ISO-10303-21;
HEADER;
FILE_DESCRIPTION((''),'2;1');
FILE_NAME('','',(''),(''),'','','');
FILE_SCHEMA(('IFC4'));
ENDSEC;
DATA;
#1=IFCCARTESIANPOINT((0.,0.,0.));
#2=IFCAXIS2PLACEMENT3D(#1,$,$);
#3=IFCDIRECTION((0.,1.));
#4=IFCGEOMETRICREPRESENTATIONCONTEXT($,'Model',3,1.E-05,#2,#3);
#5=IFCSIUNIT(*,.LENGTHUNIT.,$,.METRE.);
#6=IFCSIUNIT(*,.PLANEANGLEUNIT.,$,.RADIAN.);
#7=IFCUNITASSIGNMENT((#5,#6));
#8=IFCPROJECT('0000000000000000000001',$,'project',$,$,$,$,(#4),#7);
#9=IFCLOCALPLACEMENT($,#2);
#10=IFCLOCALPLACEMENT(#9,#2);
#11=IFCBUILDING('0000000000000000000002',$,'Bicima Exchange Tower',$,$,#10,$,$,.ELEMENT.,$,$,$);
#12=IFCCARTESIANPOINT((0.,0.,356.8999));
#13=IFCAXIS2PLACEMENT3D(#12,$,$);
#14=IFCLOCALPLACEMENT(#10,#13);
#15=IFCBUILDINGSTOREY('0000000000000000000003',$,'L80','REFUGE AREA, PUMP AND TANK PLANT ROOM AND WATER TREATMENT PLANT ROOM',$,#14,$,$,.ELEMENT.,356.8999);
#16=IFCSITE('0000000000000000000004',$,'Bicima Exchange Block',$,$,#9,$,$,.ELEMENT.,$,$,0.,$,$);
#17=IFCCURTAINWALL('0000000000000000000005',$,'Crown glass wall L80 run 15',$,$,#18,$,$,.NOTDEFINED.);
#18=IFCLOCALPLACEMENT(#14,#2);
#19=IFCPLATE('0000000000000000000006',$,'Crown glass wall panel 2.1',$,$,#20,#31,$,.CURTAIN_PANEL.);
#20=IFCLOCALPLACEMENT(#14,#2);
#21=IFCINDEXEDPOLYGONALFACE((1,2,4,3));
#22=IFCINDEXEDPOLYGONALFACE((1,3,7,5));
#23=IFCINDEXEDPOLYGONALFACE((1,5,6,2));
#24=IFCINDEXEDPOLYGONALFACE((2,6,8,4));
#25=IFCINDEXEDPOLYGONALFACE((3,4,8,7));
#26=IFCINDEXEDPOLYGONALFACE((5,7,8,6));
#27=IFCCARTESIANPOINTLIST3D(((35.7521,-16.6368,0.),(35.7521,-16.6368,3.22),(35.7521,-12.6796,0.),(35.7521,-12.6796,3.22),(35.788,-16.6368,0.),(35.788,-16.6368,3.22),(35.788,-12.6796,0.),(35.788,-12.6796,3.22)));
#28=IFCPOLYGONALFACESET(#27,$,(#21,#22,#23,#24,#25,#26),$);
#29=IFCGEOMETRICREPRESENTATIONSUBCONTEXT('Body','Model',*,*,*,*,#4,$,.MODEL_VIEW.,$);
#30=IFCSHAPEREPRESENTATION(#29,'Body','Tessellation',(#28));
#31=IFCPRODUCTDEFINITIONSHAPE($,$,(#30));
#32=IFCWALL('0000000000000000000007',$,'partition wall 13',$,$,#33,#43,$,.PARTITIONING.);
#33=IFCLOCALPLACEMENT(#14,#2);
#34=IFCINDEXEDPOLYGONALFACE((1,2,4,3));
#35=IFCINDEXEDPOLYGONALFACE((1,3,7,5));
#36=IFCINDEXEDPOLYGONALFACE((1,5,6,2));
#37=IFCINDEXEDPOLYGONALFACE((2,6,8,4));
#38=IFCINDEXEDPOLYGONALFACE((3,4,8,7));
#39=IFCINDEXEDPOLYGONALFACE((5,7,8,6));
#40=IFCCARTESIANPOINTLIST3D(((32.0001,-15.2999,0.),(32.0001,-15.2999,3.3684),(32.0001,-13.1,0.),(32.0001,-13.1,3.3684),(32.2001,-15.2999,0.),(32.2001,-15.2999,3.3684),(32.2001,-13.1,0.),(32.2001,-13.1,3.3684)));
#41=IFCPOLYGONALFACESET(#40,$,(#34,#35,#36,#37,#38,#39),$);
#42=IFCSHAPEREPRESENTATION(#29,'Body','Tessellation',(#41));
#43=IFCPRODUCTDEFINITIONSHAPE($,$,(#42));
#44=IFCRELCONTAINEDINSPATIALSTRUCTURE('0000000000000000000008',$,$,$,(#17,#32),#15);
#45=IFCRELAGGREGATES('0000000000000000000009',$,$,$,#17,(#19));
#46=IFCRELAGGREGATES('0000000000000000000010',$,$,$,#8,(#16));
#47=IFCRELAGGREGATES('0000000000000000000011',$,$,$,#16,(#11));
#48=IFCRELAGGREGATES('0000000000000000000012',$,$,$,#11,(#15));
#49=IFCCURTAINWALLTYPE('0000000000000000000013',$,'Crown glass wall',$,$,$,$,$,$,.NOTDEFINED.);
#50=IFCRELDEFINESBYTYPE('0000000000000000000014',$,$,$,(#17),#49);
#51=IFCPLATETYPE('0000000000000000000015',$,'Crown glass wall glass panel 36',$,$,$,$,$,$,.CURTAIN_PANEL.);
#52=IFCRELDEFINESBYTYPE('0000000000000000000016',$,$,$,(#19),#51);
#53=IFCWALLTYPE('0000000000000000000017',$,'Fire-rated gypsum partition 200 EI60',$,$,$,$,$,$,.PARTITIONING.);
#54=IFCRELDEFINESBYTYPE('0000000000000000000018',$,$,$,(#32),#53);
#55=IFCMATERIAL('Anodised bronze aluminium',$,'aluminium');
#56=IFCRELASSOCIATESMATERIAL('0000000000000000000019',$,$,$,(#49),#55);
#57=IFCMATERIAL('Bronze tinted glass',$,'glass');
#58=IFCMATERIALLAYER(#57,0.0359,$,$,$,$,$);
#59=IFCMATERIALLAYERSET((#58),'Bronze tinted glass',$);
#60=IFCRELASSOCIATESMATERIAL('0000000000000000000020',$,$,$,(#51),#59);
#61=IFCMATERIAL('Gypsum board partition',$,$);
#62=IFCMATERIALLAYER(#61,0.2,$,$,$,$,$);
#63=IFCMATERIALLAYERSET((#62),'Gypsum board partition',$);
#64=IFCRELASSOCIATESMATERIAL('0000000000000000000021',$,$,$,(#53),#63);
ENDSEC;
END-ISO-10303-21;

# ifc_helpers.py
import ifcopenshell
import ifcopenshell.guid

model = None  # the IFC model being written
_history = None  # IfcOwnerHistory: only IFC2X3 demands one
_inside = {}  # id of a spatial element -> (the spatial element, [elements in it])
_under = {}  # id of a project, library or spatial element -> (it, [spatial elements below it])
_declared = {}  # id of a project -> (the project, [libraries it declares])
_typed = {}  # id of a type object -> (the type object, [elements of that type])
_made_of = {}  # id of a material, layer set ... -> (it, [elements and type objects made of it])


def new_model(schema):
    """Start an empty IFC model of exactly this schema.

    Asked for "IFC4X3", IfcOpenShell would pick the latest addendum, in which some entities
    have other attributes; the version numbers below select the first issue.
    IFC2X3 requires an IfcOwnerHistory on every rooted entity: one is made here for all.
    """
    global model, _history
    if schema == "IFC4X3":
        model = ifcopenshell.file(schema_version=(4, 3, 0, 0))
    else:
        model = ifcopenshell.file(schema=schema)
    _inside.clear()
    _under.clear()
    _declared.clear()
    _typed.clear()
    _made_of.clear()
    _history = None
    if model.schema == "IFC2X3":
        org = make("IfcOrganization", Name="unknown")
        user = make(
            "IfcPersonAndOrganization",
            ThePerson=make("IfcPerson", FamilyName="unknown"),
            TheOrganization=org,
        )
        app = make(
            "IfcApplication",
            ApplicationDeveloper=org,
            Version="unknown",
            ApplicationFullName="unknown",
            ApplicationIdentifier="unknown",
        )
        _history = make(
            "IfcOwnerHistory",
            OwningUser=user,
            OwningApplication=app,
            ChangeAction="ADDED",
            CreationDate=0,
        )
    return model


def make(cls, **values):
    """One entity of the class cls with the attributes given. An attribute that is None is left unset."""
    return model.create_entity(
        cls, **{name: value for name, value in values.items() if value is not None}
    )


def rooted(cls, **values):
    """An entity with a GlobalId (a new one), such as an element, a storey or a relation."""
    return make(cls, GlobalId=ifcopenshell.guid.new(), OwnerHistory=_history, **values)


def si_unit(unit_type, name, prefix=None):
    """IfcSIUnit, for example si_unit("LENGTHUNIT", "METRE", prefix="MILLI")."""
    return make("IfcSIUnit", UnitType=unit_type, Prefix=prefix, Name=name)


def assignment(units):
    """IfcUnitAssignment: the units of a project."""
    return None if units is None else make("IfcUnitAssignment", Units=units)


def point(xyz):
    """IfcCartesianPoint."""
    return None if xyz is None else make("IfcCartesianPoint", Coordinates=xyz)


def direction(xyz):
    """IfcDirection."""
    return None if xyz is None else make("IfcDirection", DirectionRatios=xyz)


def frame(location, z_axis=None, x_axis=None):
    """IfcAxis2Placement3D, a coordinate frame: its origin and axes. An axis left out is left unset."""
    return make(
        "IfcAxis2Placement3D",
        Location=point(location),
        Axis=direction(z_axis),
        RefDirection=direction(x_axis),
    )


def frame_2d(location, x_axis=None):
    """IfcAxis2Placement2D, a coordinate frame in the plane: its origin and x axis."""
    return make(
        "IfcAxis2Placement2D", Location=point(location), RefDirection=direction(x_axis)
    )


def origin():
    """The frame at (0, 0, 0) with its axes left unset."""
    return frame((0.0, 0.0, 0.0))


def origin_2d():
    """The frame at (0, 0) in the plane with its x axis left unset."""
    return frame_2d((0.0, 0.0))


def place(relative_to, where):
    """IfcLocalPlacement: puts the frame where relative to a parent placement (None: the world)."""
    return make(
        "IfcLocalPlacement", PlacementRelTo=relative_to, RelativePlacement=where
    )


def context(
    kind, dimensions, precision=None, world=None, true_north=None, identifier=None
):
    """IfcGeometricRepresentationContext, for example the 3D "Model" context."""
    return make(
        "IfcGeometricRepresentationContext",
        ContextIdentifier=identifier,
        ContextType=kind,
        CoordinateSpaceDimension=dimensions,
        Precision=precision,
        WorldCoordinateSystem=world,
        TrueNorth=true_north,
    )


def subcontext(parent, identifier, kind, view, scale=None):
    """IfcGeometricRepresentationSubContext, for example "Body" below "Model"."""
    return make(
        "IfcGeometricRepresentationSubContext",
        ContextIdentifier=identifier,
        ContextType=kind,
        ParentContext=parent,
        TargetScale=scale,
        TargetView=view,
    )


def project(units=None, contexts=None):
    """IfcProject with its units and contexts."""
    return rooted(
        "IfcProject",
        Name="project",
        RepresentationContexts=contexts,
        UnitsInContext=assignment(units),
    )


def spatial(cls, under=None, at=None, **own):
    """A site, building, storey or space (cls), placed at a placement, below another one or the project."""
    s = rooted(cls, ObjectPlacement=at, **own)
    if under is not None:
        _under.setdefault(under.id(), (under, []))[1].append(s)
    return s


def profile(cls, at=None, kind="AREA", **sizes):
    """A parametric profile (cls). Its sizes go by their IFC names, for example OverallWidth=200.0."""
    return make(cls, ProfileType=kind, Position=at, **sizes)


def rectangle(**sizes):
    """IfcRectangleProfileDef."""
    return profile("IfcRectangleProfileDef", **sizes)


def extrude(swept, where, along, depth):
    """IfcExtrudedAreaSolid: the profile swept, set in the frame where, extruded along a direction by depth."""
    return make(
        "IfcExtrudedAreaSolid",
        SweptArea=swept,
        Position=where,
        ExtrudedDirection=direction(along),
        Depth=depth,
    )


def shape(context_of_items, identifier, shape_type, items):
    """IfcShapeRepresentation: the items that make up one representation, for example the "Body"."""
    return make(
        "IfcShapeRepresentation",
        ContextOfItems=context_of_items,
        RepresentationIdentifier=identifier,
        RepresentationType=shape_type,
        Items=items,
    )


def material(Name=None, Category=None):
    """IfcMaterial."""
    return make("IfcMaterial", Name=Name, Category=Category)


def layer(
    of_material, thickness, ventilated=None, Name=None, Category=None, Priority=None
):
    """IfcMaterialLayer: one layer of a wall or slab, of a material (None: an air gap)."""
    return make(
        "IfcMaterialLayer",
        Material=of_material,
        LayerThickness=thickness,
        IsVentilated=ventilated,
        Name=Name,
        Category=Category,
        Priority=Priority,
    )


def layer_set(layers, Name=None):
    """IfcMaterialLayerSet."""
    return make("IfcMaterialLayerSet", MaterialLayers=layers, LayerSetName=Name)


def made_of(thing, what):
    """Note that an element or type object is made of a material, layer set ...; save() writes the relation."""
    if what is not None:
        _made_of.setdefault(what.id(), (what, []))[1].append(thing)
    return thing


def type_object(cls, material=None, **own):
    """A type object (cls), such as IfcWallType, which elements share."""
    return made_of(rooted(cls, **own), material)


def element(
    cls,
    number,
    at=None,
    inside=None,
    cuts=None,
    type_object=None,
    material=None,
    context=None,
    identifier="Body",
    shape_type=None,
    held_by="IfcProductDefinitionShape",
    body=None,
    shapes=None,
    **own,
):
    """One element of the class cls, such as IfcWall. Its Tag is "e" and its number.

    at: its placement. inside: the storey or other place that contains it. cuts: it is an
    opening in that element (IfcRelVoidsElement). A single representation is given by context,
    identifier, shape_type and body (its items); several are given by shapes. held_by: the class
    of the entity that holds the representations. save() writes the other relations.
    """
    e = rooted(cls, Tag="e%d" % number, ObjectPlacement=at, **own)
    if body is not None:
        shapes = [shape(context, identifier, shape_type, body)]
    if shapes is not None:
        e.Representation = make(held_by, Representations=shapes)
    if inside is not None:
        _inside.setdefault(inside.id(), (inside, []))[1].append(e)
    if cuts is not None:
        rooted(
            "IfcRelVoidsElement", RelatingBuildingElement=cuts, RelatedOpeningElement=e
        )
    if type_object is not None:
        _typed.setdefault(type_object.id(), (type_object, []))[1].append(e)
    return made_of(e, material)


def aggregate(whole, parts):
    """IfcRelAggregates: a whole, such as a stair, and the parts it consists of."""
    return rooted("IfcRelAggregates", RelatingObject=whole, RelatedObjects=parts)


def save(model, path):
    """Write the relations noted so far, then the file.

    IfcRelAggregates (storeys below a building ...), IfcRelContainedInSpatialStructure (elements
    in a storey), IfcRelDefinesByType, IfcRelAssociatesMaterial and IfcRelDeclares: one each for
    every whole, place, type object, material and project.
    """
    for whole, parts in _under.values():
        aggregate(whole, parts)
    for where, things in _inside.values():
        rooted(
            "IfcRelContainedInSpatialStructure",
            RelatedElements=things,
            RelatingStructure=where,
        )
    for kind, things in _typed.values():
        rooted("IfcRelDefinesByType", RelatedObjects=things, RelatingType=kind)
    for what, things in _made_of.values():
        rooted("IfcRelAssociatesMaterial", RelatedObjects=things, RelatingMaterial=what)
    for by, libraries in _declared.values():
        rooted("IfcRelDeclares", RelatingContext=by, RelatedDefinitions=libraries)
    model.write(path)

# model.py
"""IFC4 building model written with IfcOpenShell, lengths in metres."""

from ifc_helpers import new_model, si_unit, direction, frame, frame_2d, origin, origin_2d, place, context, subcontext, project, spatial, rectangle, extrude, material, layer, layer_set, type_object, element, aggregate, save


model = new_model("IFC4")

# Units and contexts
model_context = context("Model", 3, precision=1e-05, world=origin(), true_north=direction((0.0, 1.0)))
body_context = subcontext(model_context, "Body", "Model", "MODEL_VIEW")
ifc_project = project(units=[si_unit("LENGTHUNIT", "METRE"), si_unit("PLANEANGLEUNIT", "RADIAN")], contexts=[model_context])

# Site, building, storey
site_placement = place(None, origin())
site = spatial("IfcSite", under=ifc_project, at=site_placement, Name="Bicima Exchange Block", CompositionType="ELEMENT", RefElevation=0.0)
building_placement = place(site_placement, origin())
building = spatial("IfcBuilding", under=site, at=building_placement, Name="Bicima Exchange Tower", CompositionType="ELEMENT")
storey_placement = place(building_placement, frame((0.0, 0.0, 356.8999)))
storey = spatial("IfcBuildingStorey", under=building, at=storey_placement, Name="L80", Description="REFUGE AREA, PUMP AND TANK PLANT ROOM AND WATER TREATMENT PLANT ROOM", CompositionType="ELEMENT", Elevation=356.8999)

# Curtain wall
ifc_material_1 = material(Name="Anodised bronze aluminium", Category="aluminium")
curtain_wall_type = type_object("IfcCurtainWallType", Name="Crown glass wall", PredefinedType="NOTDEFINED", material=ifc_material_1)
curtain_wall_1_placement = place(storey_placement, origin())
curtain_wall_1 = element("IfcCurtainWall", 1, at=curtain_wall_1_placement, inside=storey, type_object=curtain_wall_type, Name="Crown glass wall L80 run 15", PredefinedType="NOTDEFINED")

# Plate
ifc_material_2 = material(Name="Bronze tinted glass", Category="glass")
ifc_layer_1 = layer(ifc_material_2, 0.0359)
ifc_layer_set_1 = layer_set([ifc_layer_1], Name="Bronze tinted glass")
plate_type = type_object("IfcPlateType", Name="Crown glass wall glass panel 36", PredefinedType="CURTAIN_PANEL", material=ifc_layer_set_1)
plate_1_placement = place(storey_placement, frame((35.77, -14.6582, 0.0), z_axis=(0.0, 0.0, 1.0), x_axis=(0.0, 1.0, 0.0)))
plate_1 = element("IfcPlate", 2, at=plate_1_placement, type_object=plate_type, Name="Crown glass wall panel 2.1", PredefinedType="CURTAIN_PANEL", context=body_context, shape_type="SweptSolid", body=[
    extrude(rectangle(XDim=3.9573, YDim=0.0359, at=origin_2d()), origin(), (0.0, 0.0, 1.0), 3.22),
])
aggregate(curtain_wall_1, [plate_1])

# Wall
ifc_material_3 = material(Name="Gypsum board partition")
ifc_layer_2 = layer(ifc_material_3, 0.2)
ifc_layer_set_2 = layer_set([ifc_layer_2], Name="Gypsum board partition")
wall_type = type_object("IfcWallType", Name="Fire-rated gypsum partition 200 EI60", PredefinedType="PARTITIONING", material=ifc_layer_set_2)
wall_placement = place(storey_placement, frame((32.1001, -15.3, 0.0), z_axis=(0.0, 0.0, 1.0), x_axis=(0.0, 1.0, 0.0)))
element("IfcWall", 3, at=wall_placement, inside=storey, type_object=wall_type, Name="partition wall 13", PredefinedType="PARTITIONING", context=body_context, shape_type="SweptSolid", body=[
    extrude(rectangle(XDim=2.2, YDim=0.2, at=frame_2d((1.1001, 0.0))), origin(), (0.0, 0.0, 1.0), 3.3684),
])

save(model, "model.ifc")
